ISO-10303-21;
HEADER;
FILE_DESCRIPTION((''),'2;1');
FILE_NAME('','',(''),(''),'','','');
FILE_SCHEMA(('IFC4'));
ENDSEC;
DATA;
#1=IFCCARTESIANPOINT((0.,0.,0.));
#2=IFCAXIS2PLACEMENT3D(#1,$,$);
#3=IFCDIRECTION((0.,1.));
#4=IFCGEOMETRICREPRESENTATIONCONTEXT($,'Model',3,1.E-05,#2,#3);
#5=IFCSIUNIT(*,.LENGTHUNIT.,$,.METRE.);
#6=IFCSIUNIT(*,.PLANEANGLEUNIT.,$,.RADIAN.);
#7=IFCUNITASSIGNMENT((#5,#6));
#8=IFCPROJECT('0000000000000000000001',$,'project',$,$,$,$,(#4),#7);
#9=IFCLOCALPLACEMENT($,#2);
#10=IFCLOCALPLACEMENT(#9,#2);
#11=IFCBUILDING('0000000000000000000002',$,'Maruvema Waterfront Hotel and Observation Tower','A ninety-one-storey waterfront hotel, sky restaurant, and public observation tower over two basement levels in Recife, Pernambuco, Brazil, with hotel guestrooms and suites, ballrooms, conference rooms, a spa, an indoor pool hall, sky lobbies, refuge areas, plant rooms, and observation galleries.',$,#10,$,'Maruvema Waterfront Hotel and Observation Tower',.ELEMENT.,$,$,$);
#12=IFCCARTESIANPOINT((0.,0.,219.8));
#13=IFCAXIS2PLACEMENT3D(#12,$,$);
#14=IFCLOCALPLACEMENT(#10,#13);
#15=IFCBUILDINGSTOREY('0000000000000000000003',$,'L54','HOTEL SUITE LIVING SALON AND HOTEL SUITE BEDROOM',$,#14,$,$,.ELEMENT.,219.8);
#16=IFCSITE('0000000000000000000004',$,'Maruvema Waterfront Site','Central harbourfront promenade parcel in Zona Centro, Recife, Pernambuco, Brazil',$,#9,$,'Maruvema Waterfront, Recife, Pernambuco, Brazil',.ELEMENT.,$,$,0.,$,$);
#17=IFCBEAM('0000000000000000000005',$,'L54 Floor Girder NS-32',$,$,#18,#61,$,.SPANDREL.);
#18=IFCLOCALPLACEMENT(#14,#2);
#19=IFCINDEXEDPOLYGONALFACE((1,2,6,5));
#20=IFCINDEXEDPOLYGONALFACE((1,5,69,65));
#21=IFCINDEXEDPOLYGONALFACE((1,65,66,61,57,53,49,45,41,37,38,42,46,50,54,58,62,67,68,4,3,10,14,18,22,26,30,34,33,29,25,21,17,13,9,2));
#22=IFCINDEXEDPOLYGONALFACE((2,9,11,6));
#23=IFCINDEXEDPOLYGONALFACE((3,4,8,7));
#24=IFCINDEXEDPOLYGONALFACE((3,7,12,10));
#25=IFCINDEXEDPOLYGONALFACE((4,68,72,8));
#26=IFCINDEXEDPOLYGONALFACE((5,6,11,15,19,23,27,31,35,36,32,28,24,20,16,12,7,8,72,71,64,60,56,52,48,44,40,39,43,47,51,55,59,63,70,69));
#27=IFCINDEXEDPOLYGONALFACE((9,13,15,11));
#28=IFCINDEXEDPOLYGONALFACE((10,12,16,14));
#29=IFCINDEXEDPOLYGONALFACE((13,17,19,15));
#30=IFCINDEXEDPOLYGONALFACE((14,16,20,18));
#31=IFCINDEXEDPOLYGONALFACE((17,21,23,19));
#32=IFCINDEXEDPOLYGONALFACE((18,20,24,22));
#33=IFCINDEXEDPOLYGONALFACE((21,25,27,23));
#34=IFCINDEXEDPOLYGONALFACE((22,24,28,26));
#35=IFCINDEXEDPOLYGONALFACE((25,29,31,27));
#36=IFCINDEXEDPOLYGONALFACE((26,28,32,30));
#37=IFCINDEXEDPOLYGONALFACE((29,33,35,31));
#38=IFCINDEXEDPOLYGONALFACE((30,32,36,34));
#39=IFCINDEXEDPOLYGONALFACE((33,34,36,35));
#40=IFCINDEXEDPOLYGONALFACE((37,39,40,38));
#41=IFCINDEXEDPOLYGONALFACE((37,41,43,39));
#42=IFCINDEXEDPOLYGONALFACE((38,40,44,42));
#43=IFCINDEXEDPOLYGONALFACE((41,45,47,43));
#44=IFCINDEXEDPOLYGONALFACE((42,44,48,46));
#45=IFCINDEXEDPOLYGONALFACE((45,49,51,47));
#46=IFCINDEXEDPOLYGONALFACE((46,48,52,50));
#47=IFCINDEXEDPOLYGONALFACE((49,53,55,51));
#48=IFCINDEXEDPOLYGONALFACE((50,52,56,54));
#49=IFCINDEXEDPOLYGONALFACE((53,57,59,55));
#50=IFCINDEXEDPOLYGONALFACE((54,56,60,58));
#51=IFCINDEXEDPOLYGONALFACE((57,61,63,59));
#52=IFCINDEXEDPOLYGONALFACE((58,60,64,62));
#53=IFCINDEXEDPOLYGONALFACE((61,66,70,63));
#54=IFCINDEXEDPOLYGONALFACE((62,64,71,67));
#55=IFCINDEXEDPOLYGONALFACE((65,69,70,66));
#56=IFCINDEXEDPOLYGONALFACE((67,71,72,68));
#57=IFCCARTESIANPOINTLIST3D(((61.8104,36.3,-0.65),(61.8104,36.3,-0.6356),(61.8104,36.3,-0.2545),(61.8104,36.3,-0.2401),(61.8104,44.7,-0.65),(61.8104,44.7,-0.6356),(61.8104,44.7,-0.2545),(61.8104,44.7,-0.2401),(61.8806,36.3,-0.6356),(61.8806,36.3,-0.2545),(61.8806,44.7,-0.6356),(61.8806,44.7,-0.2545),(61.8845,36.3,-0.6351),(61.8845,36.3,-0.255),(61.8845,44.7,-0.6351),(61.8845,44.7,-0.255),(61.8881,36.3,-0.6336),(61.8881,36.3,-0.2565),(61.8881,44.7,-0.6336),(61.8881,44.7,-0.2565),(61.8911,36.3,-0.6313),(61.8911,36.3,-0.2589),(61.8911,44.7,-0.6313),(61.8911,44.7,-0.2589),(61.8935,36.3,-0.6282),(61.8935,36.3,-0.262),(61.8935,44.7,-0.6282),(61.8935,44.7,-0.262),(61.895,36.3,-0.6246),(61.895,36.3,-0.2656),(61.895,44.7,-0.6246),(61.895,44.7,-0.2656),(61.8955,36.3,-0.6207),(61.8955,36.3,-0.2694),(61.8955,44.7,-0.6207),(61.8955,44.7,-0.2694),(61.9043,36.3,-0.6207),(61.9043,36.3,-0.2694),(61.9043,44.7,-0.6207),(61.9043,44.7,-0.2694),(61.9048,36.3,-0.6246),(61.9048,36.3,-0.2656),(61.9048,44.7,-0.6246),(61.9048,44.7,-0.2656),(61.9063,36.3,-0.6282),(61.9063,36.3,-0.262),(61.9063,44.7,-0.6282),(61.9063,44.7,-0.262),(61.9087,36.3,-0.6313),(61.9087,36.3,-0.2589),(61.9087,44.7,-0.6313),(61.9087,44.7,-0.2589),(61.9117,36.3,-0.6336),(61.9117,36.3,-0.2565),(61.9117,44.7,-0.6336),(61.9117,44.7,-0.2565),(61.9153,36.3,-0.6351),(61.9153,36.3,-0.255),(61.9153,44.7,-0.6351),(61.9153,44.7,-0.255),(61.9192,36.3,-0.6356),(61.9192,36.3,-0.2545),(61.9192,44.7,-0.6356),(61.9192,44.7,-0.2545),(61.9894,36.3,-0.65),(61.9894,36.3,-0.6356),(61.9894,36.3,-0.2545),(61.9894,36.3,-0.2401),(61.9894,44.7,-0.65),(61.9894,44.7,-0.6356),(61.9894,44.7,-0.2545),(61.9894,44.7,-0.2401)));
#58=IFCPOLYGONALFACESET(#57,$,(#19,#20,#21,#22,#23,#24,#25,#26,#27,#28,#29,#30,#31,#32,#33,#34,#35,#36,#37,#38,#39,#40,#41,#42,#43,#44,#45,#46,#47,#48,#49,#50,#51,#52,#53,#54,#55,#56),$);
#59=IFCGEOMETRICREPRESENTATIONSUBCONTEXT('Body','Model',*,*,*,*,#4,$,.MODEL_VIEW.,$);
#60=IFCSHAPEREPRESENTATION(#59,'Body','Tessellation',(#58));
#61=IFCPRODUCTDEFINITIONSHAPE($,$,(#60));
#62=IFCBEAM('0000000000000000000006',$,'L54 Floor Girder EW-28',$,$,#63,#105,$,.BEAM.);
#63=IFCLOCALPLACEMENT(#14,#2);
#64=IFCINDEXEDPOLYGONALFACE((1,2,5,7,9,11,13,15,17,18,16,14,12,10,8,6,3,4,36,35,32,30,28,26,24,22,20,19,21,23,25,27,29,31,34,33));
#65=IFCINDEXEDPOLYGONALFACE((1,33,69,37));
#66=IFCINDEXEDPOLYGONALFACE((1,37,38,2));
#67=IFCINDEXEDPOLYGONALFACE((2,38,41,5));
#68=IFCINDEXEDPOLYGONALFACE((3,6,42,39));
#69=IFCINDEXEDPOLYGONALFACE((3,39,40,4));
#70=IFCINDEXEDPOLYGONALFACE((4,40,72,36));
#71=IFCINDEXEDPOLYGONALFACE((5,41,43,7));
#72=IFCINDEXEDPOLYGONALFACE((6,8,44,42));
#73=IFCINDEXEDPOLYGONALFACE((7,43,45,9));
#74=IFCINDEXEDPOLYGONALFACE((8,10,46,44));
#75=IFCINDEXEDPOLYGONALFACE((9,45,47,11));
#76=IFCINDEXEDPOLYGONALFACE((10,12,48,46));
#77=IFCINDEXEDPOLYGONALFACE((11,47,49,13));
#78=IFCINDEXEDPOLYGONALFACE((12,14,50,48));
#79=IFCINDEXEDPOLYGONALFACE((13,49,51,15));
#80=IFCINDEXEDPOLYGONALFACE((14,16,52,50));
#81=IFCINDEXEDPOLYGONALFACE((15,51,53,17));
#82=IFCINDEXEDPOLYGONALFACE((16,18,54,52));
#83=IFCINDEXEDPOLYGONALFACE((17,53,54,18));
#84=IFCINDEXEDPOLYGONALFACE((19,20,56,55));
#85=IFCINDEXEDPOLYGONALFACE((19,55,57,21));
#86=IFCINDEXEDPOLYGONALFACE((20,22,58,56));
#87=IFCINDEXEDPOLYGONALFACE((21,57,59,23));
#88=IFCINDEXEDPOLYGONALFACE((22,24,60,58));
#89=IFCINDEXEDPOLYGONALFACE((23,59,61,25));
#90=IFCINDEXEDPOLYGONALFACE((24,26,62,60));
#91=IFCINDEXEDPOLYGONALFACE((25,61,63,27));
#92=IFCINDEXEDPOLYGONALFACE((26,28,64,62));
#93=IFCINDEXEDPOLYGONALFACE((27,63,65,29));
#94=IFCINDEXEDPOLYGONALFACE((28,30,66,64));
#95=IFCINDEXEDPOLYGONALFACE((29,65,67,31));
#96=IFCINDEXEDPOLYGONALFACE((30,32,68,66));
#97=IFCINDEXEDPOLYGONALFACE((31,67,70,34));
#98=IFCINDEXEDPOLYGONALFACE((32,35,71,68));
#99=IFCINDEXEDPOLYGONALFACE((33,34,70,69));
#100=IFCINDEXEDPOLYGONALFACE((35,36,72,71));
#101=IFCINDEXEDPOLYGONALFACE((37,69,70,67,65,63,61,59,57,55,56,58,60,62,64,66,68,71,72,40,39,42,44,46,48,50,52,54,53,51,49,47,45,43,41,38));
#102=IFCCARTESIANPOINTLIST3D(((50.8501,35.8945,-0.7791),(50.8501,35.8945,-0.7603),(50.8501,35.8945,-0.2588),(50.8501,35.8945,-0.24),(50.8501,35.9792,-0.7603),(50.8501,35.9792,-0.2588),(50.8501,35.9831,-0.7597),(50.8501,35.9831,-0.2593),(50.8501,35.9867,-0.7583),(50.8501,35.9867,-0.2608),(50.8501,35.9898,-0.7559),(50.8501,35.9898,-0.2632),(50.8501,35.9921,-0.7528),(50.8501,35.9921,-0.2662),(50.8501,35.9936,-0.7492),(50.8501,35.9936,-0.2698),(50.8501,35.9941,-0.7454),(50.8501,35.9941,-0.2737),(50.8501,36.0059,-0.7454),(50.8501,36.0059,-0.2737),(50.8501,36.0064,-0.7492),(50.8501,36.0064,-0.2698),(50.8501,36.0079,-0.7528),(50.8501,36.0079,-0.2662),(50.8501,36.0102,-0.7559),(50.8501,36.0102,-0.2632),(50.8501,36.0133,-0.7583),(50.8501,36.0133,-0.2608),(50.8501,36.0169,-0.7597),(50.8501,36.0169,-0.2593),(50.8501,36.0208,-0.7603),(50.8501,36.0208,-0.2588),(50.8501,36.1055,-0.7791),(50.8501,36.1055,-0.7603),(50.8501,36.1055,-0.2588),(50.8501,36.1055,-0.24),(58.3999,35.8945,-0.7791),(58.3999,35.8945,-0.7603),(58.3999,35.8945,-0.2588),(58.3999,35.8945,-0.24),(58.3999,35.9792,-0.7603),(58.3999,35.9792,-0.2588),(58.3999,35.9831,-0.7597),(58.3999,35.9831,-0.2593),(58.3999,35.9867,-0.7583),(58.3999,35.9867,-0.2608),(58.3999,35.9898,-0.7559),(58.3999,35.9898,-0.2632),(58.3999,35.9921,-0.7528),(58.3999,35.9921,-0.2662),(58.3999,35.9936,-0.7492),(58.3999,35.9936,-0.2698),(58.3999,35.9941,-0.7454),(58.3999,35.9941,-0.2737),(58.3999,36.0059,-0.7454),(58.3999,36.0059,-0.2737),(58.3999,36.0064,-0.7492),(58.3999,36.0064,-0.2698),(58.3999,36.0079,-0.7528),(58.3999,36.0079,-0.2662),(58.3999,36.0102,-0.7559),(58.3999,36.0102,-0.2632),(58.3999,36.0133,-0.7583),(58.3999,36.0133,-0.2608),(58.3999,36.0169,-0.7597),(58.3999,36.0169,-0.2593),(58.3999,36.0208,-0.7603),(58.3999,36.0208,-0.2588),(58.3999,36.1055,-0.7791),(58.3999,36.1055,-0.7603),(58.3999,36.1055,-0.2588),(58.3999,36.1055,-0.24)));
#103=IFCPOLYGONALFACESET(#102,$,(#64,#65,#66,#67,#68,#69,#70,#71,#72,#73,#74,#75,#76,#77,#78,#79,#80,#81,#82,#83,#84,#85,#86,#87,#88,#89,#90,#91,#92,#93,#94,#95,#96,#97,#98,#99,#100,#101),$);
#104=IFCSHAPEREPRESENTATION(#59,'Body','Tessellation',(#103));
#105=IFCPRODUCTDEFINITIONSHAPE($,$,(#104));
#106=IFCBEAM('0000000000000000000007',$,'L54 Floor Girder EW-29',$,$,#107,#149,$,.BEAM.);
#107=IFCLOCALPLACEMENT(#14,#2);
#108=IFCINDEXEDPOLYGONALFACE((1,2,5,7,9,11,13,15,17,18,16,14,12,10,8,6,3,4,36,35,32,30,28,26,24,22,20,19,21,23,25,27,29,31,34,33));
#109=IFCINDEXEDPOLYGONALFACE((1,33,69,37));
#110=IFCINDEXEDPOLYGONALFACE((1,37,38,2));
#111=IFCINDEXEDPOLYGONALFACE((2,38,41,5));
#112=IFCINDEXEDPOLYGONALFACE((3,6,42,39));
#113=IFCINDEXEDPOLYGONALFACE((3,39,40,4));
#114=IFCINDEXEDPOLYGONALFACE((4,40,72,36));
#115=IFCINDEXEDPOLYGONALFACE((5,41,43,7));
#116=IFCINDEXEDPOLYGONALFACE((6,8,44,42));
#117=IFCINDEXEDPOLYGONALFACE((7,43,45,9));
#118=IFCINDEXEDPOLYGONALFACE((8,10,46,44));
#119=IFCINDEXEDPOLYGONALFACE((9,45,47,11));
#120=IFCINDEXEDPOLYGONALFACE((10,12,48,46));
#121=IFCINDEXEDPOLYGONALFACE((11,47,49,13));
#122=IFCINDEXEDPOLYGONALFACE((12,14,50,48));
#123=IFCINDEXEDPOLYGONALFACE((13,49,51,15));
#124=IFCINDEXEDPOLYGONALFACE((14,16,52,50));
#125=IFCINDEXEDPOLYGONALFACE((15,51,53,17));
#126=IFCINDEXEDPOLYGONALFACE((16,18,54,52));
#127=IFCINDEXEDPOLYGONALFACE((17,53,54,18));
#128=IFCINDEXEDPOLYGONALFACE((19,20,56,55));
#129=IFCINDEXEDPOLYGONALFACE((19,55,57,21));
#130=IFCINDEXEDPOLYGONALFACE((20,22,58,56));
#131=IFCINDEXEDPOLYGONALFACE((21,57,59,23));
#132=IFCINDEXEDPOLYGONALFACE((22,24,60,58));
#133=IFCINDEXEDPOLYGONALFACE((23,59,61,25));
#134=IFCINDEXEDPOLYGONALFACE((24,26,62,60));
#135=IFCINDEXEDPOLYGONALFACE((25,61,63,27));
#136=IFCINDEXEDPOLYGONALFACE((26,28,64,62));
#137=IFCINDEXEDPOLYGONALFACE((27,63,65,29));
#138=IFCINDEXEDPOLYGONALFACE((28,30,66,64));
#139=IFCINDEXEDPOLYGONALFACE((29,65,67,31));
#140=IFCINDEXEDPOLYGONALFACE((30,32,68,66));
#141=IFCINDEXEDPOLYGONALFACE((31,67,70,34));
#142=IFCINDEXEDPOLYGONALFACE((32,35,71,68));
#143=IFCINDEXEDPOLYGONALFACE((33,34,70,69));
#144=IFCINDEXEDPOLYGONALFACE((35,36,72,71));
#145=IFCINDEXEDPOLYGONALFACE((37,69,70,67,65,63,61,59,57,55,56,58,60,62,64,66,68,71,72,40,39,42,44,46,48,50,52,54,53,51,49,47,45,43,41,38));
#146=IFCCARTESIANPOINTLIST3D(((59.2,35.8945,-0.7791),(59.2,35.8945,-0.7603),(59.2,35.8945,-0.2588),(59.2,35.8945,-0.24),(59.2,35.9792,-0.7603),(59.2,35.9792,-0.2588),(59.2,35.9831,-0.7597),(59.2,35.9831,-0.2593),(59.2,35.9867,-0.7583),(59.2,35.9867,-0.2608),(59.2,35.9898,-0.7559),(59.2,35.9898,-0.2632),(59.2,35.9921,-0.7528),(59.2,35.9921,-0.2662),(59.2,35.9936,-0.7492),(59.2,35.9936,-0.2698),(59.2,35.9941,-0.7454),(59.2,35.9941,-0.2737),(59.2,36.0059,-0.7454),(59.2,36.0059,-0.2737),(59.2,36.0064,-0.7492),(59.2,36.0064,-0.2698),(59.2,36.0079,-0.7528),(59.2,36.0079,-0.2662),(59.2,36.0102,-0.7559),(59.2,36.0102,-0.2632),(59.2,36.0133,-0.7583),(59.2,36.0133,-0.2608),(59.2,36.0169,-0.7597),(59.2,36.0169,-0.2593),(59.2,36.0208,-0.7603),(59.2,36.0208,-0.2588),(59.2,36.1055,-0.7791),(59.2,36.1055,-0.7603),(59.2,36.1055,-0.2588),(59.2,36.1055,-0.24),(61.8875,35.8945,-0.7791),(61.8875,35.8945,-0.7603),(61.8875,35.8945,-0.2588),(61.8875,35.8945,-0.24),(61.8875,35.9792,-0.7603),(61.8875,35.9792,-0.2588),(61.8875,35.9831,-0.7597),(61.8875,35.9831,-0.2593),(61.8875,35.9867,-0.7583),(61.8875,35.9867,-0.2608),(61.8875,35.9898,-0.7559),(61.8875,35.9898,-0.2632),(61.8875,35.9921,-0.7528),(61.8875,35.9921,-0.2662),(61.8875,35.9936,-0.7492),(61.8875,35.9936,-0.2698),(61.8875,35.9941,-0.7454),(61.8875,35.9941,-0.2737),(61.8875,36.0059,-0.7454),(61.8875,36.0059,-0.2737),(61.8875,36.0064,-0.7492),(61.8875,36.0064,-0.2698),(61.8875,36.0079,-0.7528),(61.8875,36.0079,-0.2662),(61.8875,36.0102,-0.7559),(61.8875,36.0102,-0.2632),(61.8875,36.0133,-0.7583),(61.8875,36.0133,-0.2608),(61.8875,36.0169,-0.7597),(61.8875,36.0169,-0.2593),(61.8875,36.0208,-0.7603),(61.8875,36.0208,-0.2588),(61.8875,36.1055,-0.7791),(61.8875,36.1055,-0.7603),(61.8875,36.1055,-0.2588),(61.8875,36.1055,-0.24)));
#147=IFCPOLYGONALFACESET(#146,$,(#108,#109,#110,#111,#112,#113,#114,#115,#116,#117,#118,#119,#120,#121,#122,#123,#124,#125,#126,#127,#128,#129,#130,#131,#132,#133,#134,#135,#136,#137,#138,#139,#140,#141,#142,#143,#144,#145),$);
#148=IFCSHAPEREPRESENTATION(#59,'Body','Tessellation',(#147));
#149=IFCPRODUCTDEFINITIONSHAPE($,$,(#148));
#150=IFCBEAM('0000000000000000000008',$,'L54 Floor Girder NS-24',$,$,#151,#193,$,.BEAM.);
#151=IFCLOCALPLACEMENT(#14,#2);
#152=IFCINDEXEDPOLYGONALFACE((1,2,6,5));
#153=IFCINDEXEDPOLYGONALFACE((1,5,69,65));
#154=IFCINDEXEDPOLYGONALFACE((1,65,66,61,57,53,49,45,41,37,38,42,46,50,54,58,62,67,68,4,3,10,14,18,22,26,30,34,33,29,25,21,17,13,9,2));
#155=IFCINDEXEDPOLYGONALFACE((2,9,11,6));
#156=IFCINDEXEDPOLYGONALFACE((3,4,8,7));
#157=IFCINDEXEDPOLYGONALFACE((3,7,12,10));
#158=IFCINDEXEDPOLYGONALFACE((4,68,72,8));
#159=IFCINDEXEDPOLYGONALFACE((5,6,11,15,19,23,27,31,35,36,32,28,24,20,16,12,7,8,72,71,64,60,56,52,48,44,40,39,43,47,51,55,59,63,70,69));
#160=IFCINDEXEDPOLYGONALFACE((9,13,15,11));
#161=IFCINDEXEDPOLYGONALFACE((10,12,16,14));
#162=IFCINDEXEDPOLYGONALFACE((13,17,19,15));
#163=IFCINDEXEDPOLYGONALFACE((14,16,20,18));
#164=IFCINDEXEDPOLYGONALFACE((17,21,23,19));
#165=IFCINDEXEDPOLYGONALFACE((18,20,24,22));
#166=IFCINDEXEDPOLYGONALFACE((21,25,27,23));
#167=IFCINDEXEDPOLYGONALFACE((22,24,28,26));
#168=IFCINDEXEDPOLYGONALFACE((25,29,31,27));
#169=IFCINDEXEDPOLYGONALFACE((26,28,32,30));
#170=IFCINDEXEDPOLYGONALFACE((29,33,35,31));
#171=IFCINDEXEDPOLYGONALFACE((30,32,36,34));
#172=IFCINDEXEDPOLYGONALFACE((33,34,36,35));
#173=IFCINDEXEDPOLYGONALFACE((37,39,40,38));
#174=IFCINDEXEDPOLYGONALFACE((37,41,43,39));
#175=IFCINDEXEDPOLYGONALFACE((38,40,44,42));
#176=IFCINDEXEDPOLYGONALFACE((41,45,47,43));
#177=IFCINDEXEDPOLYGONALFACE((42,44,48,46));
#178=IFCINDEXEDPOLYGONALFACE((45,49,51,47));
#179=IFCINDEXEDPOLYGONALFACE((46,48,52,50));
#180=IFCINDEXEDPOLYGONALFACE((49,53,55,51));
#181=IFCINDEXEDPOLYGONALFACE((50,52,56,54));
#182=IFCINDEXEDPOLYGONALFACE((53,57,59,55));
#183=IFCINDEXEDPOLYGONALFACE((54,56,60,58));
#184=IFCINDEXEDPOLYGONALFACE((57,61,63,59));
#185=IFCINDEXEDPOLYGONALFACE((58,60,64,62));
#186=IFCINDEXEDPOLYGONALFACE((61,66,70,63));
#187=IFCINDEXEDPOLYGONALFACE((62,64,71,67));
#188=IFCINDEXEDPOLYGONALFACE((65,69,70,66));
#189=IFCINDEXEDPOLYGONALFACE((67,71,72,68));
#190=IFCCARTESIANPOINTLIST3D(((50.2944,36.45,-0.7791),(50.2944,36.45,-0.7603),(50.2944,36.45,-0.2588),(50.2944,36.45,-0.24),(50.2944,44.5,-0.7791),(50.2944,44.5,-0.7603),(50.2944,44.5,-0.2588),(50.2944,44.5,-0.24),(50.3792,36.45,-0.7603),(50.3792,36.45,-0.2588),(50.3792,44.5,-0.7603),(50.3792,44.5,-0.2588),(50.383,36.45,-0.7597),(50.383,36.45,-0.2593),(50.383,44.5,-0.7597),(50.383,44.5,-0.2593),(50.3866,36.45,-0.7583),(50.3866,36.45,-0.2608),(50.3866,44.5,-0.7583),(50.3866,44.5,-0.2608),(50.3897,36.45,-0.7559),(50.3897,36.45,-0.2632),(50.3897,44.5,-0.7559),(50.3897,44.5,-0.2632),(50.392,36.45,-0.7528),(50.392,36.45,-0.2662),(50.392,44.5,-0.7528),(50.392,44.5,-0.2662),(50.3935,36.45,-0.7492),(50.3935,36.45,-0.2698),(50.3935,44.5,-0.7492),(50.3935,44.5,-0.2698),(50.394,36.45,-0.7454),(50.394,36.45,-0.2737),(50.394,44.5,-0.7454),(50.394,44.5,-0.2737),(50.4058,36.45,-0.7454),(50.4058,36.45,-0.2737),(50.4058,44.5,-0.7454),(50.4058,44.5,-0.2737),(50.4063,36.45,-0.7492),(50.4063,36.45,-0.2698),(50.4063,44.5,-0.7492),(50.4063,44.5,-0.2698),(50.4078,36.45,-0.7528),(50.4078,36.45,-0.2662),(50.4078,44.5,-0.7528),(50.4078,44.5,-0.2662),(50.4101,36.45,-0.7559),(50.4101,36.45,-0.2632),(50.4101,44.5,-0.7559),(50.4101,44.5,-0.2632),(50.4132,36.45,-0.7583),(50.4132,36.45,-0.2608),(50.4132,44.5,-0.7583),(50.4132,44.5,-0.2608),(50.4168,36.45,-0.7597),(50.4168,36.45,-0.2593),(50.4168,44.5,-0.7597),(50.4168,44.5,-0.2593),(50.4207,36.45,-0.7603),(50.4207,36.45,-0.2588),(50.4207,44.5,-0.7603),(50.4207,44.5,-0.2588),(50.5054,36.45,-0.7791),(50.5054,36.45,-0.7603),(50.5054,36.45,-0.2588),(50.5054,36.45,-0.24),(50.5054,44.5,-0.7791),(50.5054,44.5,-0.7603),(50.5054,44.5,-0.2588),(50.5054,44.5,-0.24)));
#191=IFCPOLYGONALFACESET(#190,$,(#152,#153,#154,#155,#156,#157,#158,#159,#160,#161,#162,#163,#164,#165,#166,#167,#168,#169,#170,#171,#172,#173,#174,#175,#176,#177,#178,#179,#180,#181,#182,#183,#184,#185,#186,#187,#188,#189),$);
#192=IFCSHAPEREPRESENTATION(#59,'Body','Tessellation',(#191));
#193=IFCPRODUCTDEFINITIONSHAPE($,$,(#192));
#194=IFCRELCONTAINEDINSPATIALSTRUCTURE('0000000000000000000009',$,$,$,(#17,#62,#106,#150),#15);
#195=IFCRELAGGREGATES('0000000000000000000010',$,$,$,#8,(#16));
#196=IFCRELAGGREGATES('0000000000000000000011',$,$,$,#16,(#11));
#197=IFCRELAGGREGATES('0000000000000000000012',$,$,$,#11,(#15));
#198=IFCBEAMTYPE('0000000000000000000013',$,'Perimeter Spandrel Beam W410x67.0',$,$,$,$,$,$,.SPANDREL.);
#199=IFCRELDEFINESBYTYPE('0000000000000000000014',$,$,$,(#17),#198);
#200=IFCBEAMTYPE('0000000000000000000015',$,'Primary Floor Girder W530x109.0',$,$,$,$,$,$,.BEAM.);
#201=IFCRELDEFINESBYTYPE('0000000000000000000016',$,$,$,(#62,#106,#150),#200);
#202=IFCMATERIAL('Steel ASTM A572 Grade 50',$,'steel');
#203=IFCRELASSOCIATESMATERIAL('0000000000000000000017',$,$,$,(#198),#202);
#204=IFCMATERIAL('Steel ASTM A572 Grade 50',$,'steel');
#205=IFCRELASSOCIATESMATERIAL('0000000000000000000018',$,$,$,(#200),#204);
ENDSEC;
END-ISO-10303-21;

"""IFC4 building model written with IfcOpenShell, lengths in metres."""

from ifc_helpers import new_model, si_unit, direction, frame, origin, origin_2d, place, context, subcontext, project, spatial, i_section, extrude, material, material_profile, profile_set, type_object, element, save


model = new_model("IFC4")

# Units and contexts
model_context = context("Model", 3, precision=1e-05, world=origin(), true_north=direction((0.0, 1.0)))
body_context = subcontext(model_context, "Body", "Model", "MODEL_VIEW")
ifc_project = project(units=[si_unit("LENGTHUNIT", "METRE"), si_unit("PLANEANGLEUNIT", "RADIAN")], contexts=[model_context])

# Site, building, storey
site_placement = place(None, origin())
site = spatial("IfcSite", under=ifc_project, at=site_placement, Name="Maruvema Waterfront Site", Description="Central harbourfront promenade parcel in Zona Centro, Recife, Pernambuco, Brazil", LongName="Maruvema Waterfront, Recife, Pernambuco, Brazil", CompositionType="ELEMENT", RefElevation=0.0)
building_placement = place(site_placement, origin())
building = spatial("IfcBuilding", under=site, at=building_placement, Name="Maruvema Waterfront Hotel and Observation Tower", Description="A ninety-one-storey waterfront hotel, sky restaurant, and public observation tower over two basement levels in Recife, Pernambuco, Brazil, with hotel guestrooms and suites, ballrooms, conference rooms, a spa, an indoor pool hall, sky lobbies, refuge areas, plant rooms, and observation galleries.", LongName="Maruvema Waterfront Hotel and Observation Tower", CompositionType="ELEMENT")
storey_placement = place(building_placement, frame((0.0, 0.0, 219.8)))
storey = spatial("IfcBuildingStorey", under=building, at=storey_placement, Name="L54", Description="HOTEL SUITE LIVING SALON AND HOTEL SUITE BEDROOM", CompositionType="ELEMENT", Elevation=219.8)

# Beams
ifc_material_1 = material(Name="Steel ASTM A572 Grade 50", Category="steel")
ifc_material_profile_1 = material_profile(ifc_material_1, i_section(OverallWidth=0.179, OverallDepth=0.4099, WebThickness=0.0088, FlangeThickness=0.0144, FilletRadius=0.0149, at=origin_2d()), Name="W410x67.0")
ifc_profile_set_1 = profile_set([ifc_material_profile_1], Name="Steel ASTM A572 Grade 50")
beam_type_1 = type_object("IfcBeamType", Name="Perimeter Spandrel Beam W410x67.0", PredefinedType="SPANDREL", material=ifc_profile_set_1)
beam_1_placement = place(storey_placement, frame((61.8999, 36.3, -0.4451), z_axis=(0.0, 1.0, 0.0), x_axis=(-1.0, 0.0, 0.0)))
element("IfcBeam", 1, at=beam_1_placement, inside=storey, type_object=beam_type_1, Name="L54 Floor Girder NS-32", PredefinedType="SPANDREL", context=body_context, shape_type="SweptSolid", body=[
    extrude(i_section(OverallWidth=0.179, OverallDepth=0.4099, WebThickness=0.0088, FlangeThickness=0.0144, FilletRadius=0.0149, at=origin_2d()), origin(), (0.0, 0.0, 1.0), 8.3999),
])
ifc_material_2 = material(Name="Steel ASTM A572 Grade 50", Category="steel")
ifc_material_profile_2 = material_profile(ifc_material_2, i_section(OverallWidth=0.2109, OverallDepth=0.5391, WebThickness=0.0117, FlangeThickness=0.0188, FilletRadius=0.0149, at=origin_2d()), Name="W530x109.0")
ifc_profile_set_2 = profile_set([ifc_material_profile_2], Name="Steel ASTM A572 Grade 50")
beam_type_2 = type_object("IfcBeamType", Name="Primary Floor Girder W530x109.0", PredefinedType="BEAM", material=ifc_profile_set_2)
beam_2_placement = place(storey_placement, frame((50.8501, 36.0, -0.5095), z_axis=(1.0, 0.0, 0.0), x_axis=(0.0, 1.0, 0.0)))
element("IfcBeam", 2, at=beam_2_placement, inside=storey, type_object=beam_type_2, Name="L54 Floor Girder EW-28", PredefinedType="BEAM", context=body_context, shape_type="SweptSolid", body=[
    extrude(i_section(OverallWidth=0.2109, OverallDepth=0.5391, WebThickness=0.0117, FlangeThickness=0.0188, FilletRadius=0.0149, at=origin_2d()), origin(), (0.0, 0.0, 1.0), 7.5498),
])
beam_3_placement = place(storey_placement, frame((59.2, 36.0, -0.5095), z_axis=(1.0, 0.0, 0.0), x_axis=(0.0, 1.0, 0.0)))
element("IfcBeam", 3, at=beam_3_placement, inside=storey, type_object=beam_type_2, Name="L54 Floor Girder EW-29", PredefinedType="BEAM", context=body_context, shape_type="SweptSolid", body=[
    extrude(i_section(OverallWidth=0.2109, OverallDepth=0.5391, WebThickness=0.0117, FlangeThickness=0.0188, FilletRadius=0.0149, at=origin_2d()), origin(), (0.0, 0.0, 1.0), 2.6875),
])
beam_4_placement = place(storey_placement, frame((50.3999, 36.45, -0.5095), z_axis=(0.0, 1.0, 0.0), x_axis=(-1.0, 0.0, 0.0)))
element("IfcBeam", 4, at=beam_4_placement, inside=storey, type_object=beam_type_2, Name="L54 Floor Girder NS-24", PredefinedType="BEAM", context=body_context, shape_type="SweptSolid", body=[
    extrude(i_section(OverallWidth=0.2109, OverallDepth=0.5391, WebThickness=0.0117, FlangeThickness=0.0188, FilletRadius=0.0149, at=origin_2d()), origin(), (0.0, 0.0, 1.0), 8.05),
])

save(model, "model.ifc")
